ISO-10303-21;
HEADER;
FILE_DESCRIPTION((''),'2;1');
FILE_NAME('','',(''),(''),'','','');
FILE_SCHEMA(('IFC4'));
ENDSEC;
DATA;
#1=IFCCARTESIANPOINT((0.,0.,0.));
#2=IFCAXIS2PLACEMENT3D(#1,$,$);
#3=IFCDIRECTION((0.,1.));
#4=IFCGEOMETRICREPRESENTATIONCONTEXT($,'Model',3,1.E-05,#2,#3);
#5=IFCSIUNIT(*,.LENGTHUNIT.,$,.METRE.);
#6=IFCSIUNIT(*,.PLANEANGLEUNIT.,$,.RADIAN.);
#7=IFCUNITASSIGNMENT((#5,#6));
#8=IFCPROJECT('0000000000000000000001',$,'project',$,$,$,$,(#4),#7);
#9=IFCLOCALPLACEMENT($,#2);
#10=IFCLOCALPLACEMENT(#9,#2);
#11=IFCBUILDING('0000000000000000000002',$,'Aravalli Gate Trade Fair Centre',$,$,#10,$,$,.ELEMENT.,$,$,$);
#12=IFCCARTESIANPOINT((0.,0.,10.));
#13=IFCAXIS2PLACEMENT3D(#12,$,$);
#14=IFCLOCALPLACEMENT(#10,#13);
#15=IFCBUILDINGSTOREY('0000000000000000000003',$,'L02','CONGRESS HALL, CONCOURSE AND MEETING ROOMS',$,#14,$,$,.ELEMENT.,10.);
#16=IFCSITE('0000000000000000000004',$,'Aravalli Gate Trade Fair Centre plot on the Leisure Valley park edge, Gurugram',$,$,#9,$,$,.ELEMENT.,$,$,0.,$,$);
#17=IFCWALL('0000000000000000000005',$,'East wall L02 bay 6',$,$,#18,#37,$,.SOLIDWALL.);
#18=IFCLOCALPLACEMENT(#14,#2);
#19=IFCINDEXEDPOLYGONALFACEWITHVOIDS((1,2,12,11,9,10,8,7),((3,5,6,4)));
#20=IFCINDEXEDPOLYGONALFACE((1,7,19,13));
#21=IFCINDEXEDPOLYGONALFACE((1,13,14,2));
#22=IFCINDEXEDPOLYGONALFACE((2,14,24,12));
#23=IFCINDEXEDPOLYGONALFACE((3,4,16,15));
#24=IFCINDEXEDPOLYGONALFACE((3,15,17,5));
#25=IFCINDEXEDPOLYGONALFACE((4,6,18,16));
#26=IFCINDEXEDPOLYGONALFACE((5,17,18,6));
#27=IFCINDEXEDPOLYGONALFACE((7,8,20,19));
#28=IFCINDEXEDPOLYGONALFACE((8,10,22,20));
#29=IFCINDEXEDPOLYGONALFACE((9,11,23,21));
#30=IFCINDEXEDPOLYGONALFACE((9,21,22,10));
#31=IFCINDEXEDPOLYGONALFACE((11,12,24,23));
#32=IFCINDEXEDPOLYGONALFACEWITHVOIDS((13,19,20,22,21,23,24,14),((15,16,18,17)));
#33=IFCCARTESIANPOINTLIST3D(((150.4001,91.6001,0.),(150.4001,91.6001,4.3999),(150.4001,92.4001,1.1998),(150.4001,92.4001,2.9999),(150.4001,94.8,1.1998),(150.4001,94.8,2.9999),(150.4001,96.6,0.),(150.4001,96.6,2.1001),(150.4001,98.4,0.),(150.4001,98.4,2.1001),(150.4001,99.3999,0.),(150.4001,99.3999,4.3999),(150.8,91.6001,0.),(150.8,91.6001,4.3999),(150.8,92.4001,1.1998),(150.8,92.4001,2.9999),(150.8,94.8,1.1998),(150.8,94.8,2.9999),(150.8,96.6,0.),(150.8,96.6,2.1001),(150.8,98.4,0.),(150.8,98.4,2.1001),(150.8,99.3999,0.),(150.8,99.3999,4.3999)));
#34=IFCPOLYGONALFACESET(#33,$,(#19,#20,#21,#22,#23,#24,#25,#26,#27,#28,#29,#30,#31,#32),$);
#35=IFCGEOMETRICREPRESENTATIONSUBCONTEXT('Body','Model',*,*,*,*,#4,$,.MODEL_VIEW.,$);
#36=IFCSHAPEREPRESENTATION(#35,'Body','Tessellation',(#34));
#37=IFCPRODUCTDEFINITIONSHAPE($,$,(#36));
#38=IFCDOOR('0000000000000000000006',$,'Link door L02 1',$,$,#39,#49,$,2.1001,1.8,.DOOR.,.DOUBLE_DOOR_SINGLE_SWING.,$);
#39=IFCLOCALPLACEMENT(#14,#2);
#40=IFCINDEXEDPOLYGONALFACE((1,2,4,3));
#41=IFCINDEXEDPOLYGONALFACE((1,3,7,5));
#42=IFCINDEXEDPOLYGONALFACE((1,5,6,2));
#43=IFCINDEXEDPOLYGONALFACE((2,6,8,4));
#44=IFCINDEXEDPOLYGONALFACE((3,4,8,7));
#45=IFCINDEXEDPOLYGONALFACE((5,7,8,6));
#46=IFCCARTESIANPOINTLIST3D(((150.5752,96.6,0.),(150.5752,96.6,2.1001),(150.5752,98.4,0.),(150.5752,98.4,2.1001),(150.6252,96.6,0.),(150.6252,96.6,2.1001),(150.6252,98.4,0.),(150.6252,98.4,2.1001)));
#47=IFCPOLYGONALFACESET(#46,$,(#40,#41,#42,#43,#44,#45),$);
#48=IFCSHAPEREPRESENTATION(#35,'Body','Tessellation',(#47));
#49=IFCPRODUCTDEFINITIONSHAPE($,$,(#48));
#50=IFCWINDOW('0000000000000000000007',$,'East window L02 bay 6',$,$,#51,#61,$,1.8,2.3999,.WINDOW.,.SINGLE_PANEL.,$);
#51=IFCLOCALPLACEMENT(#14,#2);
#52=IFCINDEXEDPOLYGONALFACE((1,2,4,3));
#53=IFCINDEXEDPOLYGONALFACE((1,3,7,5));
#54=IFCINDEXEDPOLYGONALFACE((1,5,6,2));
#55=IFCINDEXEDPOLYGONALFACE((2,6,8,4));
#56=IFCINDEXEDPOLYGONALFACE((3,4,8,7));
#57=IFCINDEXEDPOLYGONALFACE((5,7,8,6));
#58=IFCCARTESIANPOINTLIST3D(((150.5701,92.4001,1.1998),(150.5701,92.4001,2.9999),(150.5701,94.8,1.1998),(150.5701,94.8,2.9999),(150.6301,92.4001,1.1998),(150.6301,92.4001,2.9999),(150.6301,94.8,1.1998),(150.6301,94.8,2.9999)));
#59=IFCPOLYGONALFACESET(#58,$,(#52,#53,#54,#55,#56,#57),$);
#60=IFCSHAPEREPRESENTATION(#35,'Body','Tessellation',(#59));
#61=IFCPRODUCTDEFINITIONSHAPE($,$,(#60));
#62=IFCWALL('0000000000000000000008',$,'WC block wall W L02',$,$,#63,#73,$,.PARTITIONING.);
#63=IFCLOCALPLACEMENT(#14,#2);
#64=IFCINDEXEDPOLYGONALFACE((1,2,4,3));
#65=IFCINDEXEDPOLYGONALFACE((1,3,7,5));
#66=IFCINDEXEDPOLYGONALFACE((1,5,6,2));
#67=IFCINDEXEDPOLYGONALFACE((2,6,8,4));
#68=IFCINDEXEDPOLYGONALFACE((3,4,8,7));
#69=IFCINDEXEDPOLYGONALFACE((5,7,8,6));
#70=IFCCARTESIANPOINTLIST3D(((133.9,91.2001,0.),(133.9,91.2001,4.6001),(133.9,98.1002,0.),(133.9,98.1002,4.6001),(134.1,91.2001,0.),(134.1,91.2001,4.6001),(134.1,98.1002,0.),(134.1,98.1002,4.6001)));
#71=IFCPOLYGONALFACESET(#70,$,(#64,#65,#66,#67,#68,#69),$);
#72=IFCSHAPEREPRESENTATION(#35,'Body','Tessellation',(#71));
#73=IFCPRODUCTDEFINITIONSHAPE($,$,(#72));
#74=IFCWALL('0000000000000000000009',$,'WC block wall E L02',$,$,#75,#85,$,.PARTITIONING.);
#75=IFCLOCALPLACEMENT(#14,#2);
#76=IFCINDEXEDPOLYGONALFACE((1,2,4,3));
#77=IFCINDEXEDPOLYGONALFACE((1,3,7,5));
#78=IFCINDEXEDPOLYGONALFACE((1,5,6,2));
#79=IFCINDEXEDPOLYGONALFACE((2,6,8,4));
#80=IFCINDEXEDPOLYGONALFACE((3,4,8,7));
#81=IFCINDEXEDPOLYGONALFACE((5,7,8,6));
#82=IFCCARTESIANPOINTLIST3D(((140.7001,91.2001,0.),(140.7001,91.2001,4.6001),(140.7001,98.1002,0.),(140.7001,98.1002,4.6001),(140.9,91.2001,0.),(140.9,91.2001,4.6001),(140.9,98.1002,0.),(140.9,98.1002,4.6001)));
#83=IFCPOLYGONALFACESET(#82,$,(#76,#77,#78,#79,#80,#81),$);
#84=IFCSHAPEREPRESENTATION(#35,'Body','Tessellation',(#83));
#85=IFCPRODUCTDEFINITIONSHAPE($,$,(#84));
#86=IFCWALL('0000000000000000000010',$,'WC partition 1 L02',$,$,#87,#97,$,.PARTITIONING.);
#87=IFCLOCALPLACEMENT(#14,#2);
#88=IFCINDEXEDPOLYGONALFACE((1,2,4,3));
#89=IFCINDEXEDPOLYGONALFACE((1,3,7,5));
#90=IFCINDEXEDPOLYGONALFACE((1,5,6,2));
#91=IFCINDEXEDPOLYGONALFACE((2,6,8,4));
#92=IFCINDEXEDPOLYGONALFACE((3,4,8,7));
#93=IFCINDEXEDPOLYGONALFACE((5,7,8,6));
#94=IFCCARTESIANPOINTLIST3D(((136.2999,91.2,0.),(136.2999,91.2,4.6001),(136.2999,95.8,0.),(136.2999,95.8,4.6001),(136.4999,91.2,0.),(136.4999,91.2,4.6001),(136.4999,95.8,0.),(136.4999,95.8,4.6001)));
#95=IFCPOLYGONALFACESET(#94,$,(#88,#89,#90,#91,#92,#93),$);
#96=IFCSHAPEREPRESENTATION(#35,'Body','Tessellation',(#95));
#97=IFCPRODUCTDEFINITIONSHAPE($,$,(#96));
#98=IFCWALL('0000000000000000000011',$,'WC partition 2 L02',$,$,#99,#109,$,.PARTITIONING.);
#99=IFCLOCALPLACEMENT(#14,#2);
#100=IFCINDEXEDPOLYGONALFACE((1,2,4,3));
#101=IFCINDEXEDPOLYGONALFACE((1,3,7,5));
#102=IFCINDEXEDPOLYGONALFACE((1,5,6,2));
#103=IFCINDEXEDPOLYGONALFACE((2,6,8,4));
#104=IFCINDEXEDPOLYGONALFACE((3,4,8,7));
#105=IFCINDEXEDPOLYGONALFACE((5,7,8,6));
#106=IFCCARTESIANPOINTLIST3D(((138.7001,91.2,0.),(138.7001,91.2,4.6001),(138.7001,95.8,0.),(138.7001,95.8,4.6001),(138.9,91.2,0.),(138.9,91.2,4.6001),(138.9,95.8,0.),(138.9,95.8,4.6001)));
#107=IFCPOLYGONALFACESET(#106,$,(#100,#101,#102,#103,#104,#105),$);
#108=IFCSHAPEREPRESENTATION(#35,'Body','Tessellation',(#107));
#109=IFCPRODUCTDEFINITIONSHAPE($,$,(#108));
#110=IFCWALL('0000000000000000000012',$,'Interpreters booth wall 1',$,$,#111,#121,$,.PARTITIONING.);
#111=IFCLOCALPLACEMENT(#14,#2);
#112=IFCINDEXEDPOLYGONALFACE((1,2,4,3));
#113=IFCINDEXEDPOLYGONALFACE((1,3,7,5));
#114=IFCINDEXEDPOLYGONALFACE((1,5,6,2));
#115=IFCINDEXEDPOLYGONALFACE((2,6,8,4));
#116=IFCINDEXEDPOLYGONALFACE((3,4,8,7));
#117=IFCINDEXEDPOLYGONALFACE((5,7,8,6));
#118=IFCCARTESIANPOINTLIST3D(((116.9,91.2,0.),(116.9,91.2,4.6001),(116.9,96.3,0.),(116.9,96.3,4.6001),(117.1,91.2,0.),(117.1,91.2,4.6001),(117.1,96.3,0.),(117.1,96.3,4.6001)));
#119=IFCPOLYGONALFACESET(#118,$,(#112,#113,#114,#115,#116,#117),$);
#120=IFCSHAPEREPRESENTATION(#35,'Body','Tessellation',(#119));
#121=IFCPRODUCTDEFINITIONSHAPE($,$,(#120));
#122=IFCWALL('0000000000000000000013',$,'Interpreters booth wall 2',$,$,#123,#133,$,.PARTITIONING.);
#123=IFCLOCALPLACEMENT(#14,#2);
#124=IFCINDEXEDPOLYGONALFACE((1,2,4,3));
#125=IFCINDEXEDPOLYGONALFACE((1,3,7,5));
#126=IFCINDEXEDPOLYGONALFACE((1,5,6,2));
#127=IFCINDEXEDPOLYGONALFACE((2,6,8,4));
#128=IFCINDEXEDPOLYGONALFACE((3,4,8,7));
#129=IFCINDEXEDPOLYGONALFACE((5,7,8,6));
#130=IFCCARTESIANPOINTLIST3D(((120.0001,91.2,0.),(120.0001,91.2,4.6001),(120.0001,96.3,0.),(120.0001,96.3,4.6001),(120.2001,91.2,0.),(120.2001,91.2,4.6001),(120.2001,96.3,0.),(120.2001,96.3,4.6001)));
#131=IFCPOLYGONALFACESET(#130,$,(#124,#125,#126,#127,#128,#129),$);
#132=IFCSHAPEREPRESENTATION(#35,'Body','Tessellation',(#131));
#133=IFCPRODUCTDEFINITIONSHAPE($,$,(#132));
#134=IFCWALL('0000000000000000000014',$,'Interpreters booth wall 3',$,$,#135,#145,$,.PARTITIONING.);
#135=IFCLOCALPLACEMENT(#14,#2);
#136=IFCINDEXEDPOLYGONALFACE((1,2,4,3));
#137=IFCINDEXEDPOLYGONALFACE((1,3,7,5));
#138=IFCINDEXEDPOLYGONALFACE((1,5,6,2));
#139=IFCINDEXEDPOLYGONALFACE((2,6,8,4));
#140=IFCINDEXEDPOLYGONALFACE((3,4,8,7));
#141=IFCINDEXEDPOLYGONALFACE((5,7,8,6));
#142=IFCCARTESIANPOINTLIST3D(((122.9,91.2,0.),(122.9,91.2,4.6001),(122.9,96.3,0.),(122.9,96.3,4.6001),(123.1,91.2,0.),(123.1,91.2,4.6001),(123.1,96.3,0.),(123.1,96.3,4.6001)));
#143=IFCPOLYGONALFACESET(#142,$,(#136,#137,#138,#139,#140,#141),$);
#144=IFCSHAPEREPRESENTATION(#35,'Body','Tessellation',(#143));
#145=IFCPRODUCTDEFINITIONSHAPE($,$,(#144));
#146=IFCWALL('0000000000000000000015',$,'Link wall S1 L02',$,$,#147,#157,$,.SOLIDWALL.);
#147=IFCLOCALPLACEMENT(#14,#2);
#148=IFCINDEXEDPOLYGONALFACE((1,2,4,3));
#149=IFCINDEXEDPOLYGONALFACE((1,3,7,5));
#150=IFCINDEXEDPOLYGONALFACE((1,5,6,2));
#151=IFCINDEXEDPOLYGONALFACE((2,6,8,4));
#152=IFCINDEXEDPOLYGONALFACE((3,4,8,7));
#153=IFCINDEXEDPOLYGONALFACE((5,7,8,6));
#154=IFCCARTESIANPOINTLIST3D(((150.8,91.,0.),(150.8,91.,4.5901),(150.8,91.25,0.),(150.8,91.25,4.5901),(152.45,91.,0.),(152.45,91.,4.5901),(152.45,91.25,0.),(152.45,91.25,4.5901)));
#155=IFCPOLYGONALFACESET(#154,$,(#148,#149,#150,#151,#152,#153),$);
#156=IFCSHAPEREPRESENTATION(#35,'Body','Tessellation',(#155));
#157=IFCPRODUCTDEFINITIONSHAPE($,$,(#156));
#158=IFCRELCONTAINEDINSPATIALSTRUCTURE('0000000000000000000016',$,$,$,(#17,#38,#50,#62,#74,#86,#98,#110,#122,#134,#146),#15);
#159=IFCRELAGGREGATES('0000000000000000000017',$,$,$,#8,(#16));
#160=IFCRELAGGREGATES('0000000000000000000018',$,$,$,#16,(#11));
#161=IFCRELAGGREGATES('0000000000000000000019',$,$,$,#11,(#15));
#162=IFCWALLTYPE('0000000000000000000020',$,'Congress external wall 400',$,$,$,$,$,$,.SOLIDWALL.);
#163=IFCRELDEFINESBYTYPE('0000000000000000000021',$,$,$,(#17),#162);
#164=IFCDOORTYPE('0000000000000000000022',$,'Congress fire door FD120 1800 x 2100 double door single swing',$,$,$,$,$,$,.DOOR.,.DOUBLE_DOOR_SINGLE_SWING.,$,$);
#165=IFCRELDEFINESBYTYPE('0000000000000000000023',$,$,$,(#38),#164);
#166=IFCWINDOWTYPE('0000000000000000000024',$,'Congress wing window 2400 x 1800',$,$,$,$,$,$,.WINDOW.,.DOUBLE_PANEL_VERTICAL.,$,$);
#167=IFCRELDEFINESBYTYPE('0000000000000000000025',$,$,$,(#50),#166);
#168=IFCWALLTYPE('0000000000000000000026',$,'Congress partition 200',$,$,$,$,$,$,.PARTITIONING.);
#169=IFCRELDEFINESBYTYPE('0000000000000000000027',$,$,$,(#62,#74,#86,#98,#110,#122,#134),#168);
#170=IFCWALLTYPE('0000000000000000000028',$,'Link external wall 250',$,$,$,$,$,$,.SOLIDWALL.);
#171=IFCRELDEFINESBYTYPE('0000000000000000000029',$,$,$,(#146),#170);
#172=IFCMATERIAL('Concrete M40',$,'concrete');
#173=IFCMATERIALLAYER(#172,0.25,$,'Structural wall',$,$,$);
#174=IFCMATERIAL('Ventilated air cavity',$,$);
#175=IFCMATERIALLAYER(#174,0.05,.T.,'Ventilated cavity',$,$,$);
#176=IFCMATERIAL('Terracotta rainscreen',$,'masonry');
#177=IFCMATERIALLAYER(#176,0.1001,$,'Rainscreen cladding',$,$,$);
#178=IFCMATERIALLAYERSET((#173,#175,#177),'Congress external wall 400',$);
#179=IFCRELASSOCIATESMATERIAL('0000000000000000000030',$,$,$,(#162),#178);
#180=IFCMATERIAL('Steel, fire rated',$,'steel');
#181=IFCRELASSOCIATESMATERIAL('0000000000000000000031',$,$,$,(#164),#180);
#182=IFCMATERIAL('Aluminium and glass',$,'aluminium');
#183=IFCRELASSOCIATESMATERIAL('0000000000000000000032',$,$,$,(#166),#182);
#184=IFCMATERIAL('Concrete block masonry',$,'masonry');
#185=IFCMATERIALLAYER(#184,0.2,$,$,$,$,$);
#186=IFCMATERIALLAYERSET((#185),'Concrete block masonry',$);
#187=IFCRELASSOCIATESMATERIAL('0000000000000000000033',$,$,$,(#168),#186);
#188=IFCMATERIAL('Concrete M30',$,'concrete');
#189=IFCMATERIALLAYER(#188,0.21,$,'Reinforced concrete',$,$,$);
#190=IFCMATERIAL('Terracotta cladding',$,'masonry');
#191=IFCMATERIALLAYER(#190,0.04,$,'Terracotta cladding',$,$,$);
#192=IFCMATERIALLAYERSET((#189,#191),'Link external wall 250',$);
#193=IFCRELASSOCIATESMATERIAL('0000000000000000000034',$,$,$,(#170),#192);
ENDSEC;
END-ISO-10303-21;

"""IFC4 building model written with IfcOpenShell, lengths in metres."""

from ifc_helpers import new_model, si_unit, direction, frame, frame_2d, origin, place, context, subcontext, project, spatial, rectangle, extrude, material, layer, layer_set, type_object, element, fill, save


model = new_model("IFC4")

# Units and contexts
model_context = context("Model", 3, precision=1e-05, world=origin(), true_north=direction((0.0, 1.0)))
body_context = subcontext(model_context, "Body", "Model", "MODEL_VIEW")
ifc_project = project(units=[si_unit("LENGTHUNIT", "METRE"), si_unit("PLANEANGLEUNIT", "RADIAN")], contexts=[model_context])

# Site, building, storey
site_placement = place(None, origin())
site = spatial("IfcSite", under=ifc_project, at=site_placement, Name="Aravalli Gate Trade Fair Centre plot on the Leisure Valley park edge, Gurugram", CompositionType="ELEMENT", RefElevation=0.0)
building_placement = place(site_placement, origin())
building = spatial("IfcBuilding", under=site, at=building_placement, Name="Aravalli Gate Trade Fair Centre", CompositionType="ELEMENT")
storey_placement = place(building_placement, frame((0.0, 0.0, 10.0)))
storey = spatial("IfcBuildingStorey", under=building, at=storey_placement, Name="L02", Description="CONGRESS HALL, CONCOURSE AND MEETING ROOMS", CompositionType="ELEMENT", Elevation=10.0)

# Shared definitions
ifc_material_1 = material(Name="Concrete M40", Category="concrete")
ifc_layer_1 = layer(ifc_material_1, 0.25, Name="Structural wall")
ifc_material_2 = material(Name="Ventilated air cavity")
ifc_layer_2 = layer(ifc_material_2, 0.05, ventilated=True, Name="Ventilated cavity")
ifc_material_3 = material(Name="Terracotta rainscreen", Category="masonry")
ifc_layer_3 = layer(ifc_material_3, 0.1001, Name="Rainscreen cladding")
ifc_layer_set_1 = layer_set([ifc_layer_1, ifc_layer_2, ifc_layer_3], Name="Congress external wall 400")
wall_type_1 = type_object("IfcWallType", Name="Congress external wall 400", PredefinedType="SOLIDWALL", material=ifc_layer_set_1)

# Wall, openings, door, window
wall_1_placement = place(storey_placement, frame((150.6001, 91.6001, 0.0), z_axis=(0.0, 0.0, 1.0), x_axis=(0.0, 1.0, 0.0)))
wall_1 = element("IfcWall", 1, at=wall_1_placement, inside=storey, type_object=wall_type_1, Name="East wall L02 bay 6", PredefinedType="SOLIDWALL", context=body_context, shape_type="SweptSolid", body=[
    extrude(rectangle(XDim=7.7998, YDim=0.3999, at=frame_2d((3.8999, 0.0))), origin(), (0.0, 0.0, 1.0), 4.3999),
])
opening_1_placement = place(wall_1_placement, frame((5.0, 0.0, 0.0)))
opening_1 = element("IfcOpeningElement", 2, at=opening_1_placement, cuts=wall_1, PredefinedType="OPENING", context=body_context, shape_type="SweptSolid", body=[
    extrude(rectangle(XDim=1.8, YDim=2.1001, at=frame_2d((0.8999, 1.05))), frame((0.0, 0.21, 0.0), z_axis=(0.0, -1.0, 0.0), x_axis=(1.0, 0.0, 0.0)), (0.0, 0.0, 1.0), 0.4199),
])
opening_2_placement = place(wall_1_placement, frame((0.8, 0.0, 1.2)))
opening_2 = element("IfcOpeningElement", 3, at=opening_2_placement, cuts=wall_1, PredefinedType="OPENING", context=body_context, shape_type="SweptSolid", body=[
    extrude(rectangle(XDim=2.3999, YDim=1.8, at=frame_2d((1.2, 0.8999))), frame((0.0, 0.21, 0.0), z_axis=(0.0, -1.0, 0.0), x_axis=(1.0, 0.0, 0.0)), (0.0, 0.0, 1.0), 0.4199),
])
ifc_material_4 = material(Name="Steel, fire rated", Category="steel")
door_type = type_object("IfcDoorType", Name="Congress fire door FD120 1800 x 2100 double door single swing", OperationType="DOUBLE_DOOR_SINGLE_SWING", PredefinedType="DOOR", material=ifc_material_4)
door_placement = place(opening_1_placement, origin())
door = element("IfcDoor", 4, at=door_placement, inside=storey, type_object=door_type, Name="Link door L02 1", OperationType="DOUBLE_DOOR_SINGLE_SWING", OverallHeight=2.1001, OverallWidth=1.8, PredefinedType="DOOR", context=body_context, shape_type="SweptSolid", body=[
    extrude(rectangle(XDim=1.8, YDim=2.1001, at=frame_2d((0.8999, 1.05))), frame((0.0, 0.0249, 0.0), z_axis=(0.0, -1.0, 0.0), x_axis=(1.0, 0.0, 0.0)), (0.0, 0.0, 1.0), 0.05),
])
fill(opening_1, door)
ifc_material_5 = material(Name="Aluminium and glass", Category="aluminium")
window_type = type_object("IfcWindowType", Name="Congress wing window 2400 x 1800", PartitioningType="DOUBLE_PANEL_VERTICAL", PredefinedType="WINDOW", material=ifc_material_5)
window_placement = place(opening_2_placement, origin())
window = element("IfcWindow", 5, at=window_placement, inside=storey, type_object=window_type, Name="East window L02 bay 6", OverallHeight=1.8, OverallWidth=2.3999, PartitioningType="SINGLE_PANEL", PredefinedType="WINDOW", context=body_context, shape_type="SweptSolid", body=[
    extrude(rectangle(XDim=2.3999, YDim=1.8, at=frame_2d((1.2, 0.8999))), frame((0.0, 0.03, 0.0), z_axis=(0.0, -1.0, 0.0), x_axis=(1.0, 0.0, 0.0)), (0.0, 0.0, 1.0), 0.0601),
])
fill(opening_2, window)

# Walls
ifc_material_6 = material(Name="Concrete block masonry", Category="masonry")
ifc_layer_4 = layer(ifc_material_6, 0.2)
ifc_layer_set_2 = layer_set([ifc_layer_4], Name="Concrete block masonry")
wall_type_2 = type_object("IfcWallType", Name="Congress partition 200", PredefinedType="PARTITIONING", material=ifc_layer_set_2)
for number, where, z_axis, x_axis, name in (
    (6, (134.0, 91.2, 0.0), (0.0, 0.0, 1.0), (0.0, 1.0, 0.0), "WC block wall W L02"),
    (7, (140.8, 91.2, 0.0), (0.0, 0.0, 1.0), (0.0, 1.0, 0.0), "WC block wall E L02"),
):
    element("IfcWall", number, at=place(storey_placement, frame(where, z_axis=z_axis, x_axis=x_axis)), inside=storey, type_object=wall_type_2, Name=name, PredefinedType="PARTITIONING", context=body_context, shape_type="SweptSolid", body=[
        extrude(rectangle(XDim=6.9001, YDim=0.2, at=frame_2d((3.4502, 0.0))), origin(), (0.0, 0.0, 1.0), 4.6001),
    ])
for number, where, z_axis, x_axis, name in (
    (8, (136.3999, 91.2, 0.0), (0.0, 0.0, 1.0), (0.0, 1.0, 0.0), "WC partition 1 L02"),
    (9, (138.8, 91.2, 0.0), (0.0, 0.0, 1.0), (0.0, 1.0, 0.0), "WC partition 2 L02"),
):
    element("IfcWall", number, at=place(storey_placement, frame(where, z_axis=z_axis, x_axis=x_axis)), inside=storey, type_object=wall_type_2, Name=name, PredefinedType="PARTITIONING", context=body_context, shape_type="SweptSolid", body=[
        extrude(rectangle(XDim=4.6001, YDim=0.2, at=frame_2d((2.3, 0.0))), origin(), (0.0, 0.0, 1.0), 4.6001),
    ])
for number, where, z_axis, x_axis, name in (
    (10, (117.0, 91.2, 0.0), (0.0, 0.0, 1.0), (0.0, 1.0, 0.0), "Interpreters booth wall 1"),
    (11, (120.1001, 91.2, 0.0), (0.0, 0.0, 1.0), (0.0, 1.0, 0.0), "Interpreters booth wall 2"),
    (12, (123.0, 91.2, 0.0), (0.0, 0.0, 1.0), (0.0, 1.0, 0.0), "Interpreters booth wall 3"),
):
    element("IfcWall", number, at=place(storey_placement, frame(where, z_axis=z_axis, x_axis=x_axis)), inside=storey, type_object=wall_type_2, Name=name, PredefinedType="PARTITIONING", context=body_context, shape_type="SweptSolid", body=[
        extrude(rectangle(XDim=5.1001, YDim=0.2, at=frame_2d((2.55, 0.0))), origin(), (0.0, 0.0, 1.0), 4.6001),
    ])
ifc_material_7 = material(Name="Concrete M30", Category="concrete")
ifc_layer_5 = layer(ifc_material_7, 0.21, Name="Reinforced concrete")
ifc_material_8 = material(Name="Terracotta cladding", Category="masonry")
ifc_layer_6 = layer(ifc_material_8, 0.04, Name="Terracotta cladding")
ifc_layer_set_3 = layer_set([ifc_layer_5, ifc_layer_6], Name="Link external wall 250")
wall_type_3 = type_object("IfcWallType", Name="Link external wall 250", PredefinedType="SOLIDWALL", material=ifc_layer_set_3)
wall_2_placement = place(storey_placement, frame((150.8, 91.125, 0.0), z_axis=(0.0, 0.0, 1.0), x_axis=(1.0, 0.0, 0.0)))
element("IfcWall", 13, at=wall_2_placement, inside=storey, type_object=wall_type_3, Name="Link wall S1 L02", PredefinedType="SOLIDWALL", context=body_context, shape_type="SweptSolid", body=[
    extrude(rectangle(XDim=1.6499, YDim=0.25, at=frame_2d((0.825, 0.0))), origin(), (0.0, 0.0, 1.0), 4.5901),
])

save(model, "model.ifc")
